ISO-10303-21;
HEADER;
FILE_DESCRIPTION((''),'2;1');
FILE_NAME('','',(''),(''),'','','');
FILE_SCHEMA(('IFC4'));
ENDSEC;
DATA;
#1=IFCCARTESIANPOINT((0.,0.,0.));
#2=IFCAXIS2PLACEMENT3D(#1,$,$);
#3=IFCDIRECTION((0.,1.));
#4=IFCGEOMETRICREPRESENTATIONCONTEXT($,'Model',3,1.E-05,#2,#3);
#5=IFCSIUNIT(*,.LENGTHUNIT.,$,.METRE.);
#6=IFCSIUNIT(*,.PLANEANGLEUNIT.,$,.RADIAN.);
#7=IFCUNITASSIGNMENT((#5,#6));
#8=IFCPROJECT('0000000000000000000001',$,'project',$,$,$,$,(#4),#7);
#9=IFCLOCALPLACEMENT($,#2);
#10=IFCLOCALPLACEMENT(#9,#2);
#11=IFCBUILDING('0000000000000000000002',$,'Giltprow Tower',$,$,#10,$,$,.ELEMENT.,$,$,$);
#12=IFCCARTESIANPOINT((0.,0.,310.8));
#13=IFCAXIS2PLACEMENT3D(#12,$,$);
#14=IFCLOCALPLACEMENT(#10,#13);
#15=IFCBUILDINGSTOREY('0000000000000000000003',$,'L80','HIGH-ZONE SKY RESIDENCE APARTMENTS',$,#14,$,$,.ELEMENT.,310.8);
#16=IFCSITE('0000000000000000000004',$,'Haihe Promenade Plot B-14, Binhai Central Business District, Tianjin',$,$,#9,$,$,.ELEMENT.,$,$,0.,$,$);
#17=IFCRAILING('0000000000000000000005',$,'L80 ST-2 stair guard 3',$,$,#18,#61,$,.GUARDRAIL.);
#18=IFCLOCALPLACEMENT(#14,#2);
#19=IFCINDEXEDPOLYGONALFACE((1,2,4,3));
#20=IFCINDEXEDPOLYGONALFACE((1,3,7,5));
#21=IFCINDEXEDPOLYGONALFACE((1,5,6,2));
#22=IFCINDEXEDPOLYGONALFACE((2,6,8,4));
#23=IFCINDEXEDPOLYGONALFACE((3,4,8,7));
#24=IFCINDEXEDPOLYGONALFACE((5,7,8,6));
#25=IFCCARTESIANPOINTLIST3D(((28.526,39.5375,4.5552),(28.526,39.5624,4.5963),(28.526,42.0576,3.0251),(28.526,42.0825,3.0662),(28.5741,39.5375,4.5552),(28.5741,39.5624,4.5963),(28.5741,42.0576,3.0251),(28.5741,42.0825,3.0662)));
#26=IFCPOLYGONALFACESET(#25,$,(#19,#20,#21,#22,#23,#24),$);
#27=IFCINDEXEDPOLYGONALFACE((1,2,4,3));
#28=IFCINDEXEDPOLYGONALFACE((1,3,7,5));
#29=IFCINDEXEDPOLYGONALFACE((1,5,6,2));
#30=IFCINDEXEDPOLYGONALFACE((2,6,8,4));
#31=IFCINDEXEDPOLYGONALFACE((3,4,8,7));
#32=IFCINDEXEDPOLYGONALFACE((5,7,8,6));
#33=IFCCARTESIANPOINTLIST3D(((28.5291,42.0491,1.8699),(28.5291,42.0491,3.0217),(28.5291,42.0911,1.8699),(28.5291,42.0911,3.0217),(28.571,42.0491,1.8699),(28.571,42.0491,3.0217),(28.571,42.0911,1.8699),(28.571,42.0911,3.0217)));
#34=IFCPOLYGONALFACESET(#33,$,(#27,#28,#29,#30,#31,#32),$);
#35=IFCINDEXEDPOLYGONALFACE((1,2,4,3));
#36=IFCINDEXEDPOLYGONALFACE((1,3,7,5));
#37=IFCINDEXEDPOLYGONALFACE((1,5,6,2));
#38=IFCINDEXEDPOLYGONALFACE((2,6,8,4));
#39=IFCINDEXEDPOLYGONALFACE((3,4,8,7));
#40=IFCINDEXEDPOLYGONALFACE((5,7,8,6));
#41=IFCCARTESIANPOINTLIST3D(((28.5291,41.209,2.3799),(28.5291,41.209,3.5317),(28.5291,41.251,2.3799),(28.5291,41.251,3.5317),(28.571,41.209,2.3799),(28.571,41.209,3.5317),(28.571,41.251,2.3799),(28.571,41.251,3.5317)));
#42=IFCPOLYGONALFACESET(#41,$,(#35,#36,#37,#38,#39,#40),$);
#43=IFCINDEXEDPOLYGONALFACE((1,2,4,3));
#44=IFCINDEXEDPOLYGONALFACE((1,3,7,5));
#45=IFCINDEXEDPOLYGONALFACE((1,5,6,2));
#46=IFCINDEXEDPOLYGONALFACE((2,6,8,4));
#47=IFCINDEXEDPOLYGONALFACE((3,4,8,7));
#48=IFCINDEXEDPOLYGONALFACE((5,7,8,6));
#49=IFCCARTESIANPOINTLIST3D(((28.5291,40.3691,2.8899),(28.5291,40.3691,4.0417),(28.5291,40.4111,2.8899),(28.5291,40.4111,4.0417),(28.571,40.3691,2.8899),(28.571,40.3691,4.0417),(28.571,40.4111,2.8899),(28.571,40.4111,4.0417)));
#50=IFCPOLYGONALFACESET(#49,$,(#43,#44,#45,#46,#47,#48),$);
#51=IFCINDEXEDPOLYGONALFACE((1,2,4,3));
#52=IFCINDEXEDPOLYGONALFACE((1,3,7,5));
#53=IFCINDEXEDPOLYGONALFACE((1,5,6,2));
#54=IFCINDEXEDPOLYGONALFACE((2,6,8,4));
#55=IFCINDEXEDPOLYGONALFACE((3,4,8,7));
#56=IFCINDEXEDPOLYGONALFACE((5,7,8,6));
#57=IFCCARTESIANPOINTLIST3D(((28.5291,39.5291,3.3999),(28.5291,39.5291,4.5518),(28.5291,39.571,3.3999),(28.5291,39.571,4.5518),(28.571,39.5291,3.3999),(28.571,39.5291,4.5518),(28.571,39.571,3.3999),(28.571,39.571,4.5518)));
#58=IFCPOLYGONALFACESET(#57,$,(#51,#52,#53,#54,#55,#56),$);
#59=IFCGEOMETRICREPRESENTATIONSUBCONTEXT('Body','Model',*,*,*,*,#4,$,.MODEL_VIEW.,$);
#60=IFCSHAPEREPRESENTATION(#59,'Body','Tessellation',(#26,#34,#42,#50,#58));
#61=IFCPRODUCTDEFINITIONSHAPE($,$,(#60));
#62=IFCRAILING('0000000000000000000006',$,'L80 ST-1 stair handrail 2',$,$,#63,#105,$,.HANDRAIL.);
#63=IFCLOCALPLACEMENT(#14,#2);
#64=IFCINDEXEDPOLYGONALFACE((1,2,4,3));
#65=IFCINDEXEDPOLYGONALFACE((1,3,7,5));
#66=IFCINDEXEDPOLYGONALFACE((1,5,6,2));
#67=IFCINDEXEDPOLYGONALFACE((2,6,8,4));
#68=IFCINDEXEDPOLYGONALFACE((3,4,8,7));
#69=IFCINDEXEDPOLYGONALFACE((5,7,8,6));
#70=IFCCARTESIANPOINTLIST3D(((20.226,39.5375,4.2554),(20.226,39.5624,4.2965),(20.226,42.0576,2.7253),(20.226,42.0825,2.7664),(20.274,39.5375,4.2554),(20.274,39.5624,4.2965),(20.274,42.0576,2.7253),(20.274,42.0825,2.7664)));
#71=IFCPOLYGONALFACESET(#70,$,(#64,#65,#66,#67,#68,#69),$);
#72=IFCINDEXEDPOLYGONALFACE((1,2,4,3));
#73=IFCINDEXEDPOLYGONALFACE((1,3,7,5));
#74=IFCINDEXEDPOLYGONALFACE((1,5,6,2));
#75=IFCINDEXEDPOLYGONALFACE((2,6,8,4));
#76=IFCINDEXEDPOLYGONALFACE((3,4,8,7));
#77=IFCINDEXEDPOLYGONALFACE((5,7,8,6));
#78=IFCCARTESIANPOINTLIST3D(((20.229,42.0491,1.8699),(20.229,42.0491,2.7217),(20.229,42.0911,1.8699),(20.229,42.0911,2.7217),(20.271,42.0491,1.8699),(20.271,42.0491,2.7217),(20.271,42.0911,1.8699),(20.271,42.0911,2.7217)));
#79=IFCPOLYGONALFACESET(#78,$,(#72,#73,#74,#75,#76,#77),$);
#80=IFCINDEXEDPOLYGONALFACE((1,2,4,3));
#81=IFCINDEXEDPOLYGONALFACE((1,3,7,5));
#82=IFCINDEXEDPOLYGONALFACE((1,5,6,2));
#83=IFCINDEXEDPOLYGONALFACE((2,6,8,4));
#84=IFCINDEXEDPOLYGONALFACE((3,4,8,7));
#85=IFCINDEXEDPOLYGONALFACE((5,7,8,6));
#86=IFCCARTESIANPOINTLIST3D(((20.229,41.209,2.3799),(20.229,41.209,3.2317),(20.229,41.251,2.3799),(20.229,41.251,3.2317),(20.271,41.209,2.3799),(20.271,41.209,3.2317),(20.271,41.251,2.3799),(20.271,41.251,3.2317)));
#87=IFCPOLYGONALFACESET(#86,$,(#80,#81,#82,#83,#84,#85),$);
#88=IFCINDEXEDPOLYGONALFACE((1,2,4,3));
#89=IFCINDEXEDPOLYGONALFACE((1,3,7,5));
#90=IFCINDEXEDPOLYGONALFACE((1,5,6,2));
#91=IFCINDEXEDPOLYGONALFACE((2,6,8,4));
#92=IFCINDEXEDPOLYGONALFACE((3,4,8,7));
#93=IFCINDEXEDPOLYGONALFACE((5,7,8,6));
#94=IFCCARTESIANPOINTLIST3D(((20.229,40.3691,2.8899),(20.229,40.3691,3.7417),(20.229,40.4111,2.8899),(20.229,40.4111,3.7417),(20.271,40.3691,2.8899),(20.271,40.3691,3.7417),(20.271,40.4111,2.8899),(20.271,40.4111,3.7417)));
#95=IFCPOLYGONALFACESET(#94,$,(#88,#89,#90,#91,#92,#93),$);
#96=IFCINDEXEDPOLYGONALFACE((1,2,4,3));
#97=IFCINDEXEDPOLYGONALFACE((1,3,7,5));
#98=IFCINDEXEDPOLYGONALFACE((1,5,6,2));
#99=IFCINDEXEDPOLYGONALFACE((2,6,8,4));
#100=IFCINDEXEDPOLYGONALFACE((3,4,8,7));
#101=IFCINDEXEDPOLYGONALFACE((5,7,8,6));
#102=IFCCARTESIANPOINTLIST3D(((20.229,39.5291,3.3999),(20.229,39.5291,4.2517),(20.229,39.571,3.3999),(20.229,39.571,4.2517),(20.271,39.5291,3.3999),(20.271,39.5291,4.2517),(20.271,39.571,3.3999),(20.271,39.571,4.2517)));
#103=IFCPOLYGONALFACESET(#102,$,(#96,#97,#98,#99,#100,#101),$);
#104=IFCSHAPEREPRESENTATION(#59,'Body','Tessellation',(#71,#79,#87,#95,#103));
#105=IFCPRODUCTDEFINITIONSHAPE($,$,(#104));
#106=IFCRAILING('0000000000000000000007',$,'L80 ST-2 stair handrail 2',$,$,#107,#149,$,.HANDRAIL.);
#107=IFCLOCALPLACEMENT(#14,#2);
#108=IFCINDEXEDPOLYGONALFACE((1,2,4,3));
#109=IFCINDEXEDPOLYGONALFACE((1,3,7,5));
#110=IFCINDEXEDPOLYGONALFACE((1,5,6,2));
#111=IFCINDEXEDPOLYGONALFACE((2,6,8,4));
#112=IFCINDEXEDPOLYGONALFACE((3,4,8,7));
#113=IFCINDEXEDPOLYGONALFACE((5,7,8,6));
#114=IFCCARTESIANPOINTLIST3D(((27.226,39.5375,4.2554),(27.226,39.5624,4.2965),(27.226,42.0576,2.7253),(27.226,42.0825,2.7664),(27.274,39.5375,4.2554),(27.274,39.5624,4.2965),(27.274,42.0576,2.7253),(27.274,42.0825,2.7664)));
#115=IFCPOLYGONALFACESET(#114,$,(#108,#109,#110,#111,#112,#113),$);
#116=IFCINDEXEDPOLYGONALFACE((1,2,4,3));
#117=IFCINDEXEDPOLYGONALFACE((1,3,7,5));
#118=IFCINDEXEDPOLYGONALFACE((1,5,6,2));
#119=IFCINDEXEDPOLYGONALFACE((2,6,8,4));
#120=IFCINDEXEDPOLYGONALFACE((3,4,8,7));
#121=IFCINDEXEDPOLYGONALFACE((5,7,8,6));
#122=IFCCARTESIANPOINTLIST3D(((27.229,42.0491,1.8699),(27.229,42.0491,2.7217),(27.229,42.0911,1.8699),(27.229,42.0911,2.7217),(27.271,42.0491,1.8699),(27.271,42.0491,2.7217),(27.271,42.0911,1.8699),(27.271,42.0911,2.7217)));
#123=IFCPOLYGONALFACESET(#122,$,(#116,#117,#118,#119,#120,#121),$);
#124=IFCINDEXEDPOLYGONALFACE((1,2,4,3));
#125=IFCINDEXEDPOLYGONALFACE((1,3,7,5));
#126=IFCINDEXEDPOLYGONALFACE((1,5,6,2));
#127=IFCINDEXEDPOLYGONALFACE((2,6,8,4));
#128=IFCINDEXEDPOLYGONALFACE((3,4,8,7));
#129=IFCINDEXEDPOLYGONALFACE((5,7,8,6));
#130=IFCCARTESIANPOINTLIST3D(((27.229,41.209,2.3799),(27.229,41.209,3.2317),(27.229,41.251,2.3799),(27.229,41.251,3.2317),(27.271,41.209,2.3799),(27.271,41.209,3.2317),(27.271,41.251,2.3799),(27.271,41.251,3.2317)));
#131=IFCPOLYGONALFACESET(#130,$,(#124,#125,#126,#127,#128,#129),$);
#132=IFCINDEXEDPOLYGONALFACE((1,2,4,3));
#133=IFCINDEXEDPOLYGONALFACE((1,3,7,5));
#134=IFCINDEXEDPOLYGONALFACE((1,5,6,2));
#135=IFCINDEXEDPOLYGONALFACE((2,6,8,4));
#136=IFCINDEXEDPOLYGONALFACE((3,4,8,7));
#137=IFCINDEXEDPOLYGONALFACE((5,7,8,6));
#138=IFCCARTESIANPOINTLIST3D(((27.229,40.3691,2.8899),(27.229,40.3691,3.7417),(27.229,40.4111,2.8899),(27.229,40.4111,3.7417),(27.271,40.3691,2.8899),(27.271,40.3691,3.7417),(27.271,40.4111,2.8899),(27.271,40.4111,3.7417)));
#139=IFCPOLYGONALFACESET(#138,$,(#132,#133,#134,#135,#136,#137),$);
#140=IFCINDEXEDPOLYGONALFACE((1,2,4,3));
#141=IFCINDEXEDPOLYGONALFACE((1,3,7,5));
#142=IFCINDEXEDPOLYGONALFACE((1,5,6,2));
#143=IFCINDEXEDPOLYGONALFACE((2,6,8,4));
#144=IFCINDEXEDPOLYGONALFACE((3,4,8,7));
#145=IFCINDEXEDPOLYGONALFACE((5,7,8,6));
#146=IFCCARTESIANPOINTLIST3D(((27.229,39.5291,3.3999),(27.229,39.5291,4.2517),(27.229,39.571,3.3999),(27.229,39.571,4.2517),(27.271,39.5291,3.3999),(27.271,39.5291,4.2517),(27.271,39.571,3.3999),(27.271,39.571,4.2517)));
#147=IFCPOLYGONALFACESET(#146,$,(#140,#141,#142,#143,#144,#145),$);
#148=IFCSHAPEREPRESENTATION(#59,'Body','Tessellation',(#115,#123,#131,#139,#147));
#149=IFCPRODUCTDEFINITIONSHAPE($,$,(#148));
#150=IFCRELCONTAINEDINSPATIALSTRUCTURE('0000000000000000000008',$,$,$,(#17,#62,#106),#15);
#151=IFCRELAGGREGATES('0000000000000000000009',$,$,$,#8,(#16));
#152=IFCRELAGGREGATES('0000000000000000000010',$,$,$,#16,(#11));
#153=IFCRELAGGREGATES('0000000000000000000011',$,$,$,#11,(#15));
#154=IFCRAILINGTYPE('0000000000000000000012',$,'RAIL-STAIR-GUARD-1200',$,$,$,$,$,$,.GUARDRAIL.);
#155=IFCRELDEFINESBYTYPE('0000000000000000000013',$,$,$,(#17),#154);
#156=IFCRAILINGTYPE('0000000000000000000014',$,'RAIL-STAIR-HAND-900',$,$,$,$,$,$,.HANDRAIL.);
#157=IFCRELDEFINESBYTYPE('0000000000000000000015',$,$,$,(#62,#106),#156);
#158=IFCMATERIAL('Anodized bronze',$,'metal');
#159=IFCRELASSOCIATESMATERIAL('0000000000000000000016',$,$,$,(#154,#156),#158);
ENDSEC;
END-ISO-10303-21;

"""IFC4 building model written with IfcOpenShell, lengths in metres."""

from ifc_helpers import new_model, si_unit, direction, frame, origin, origin_2d, place, context, subcontext, project, spatial, rectangle, extrude, material, type_object, element, save


model = new_model("IFC4")

# Units and contexts
model_context = context("Model", 3, precision=1e-05, world=origin(), true_north=direction((0.0, 1.0)))
body_context = subcontext(model_context, "Body", "Model", "MODEL_VIEW")
ifc_project = project(units=[si_unit("LENGTHUNIT", "METRE"), si_unit("PLANEANGLEUNIT", "RADIAN")], contexts=[model_context])

# Site, building, storey
site_placement = place(None, origin())
site = spatial("IfcSite", under=ifc_project, at=site_placement, Name="Haihe Promenade Plot B-14, Binhai Central Business District, Tianjin", CompositionType="ELEMENT", RefElevation=0.0)
building_placement = place(site_placement, origin())
building = spatial("IfcBuilding", under=site, at=building_placement, Name="Giltprow Tower", CompositionType="ELEMENT")
storey_placement = place(building_placement, frame((0.0, 0.0, 310.8)))
storey = spatial("IfcBuildingStorey", under=building, at=storey_placement, Name="L80", Description="HIGH-ZONE SKY RESIDENCE APARTMENTS", CompositionType="ELEMENT", Elevation=310.8)

# Railings
ifc_material_1 = material(Name="Anodized bronze", Category="metal")
railing_type_1 = type_object("IfcRailingType", Name="RAIL-STAIR-GUARD-1200", PredefinedType="GUARDRAIL", material=ifc_material_1)
railing_1_placement = place(storey_placement, frame((28.55, 42.0701, 1.8699)))
element("IfcRailing", 1, at=railing_1_placement, inside=storey, type_object=railing_type_1, Name="L80 ST-2 stair guard 3", PredefinedType="GUARDRAIL", context=body_context, shape_type="SweptSolid", body=[
    extrude(rectangle(XDim=0.0481, YDim=0.0481, at=origin_2d()), frame((0.0, 0.0, 1.1758), z_axis=(0.0, -0.854785, 0.518982), x_axis=(1.0, 0.0, 0.0)), (0.0, 0.0, 1.0), 2.9482),
    extrude(rectangle(XDim=0.042, YDim=0.042, at=origin_2d()), origin(), (0.0, 0.0, 1.0), 1.1519),
    extrude(rectangle(XDim=0.042, YDim=0.042, at=origin_2d()), frame((0.0, -0.8401, 0.51)), (0.0, 0.0, 1.0), 1.1519),
    extrude(rectangle(XDim=0.042, YDim=0.042, at=origin_2d()), frame((0.0, -1.6799, 1.02)), (0.0, 0.0, 1.0), 1.1519),
    extrude(rectangle(XDim=0.042, YDim=0.042, at=origin_2d()), frame((0.0, -2.52, 1.53)), (0.0, 0.0, 1.0), 1.1519),
])
railing_type_2 = type_object("IfcRailingType", Name="RAIL-STAIR-HAND-900", PredefinedType="HANDRAIL", material=ifc_material_1)
for number, where, name in (
    (2, (20.25, 42.0701, 1.8699), "L80 ST-1 stair handrail 2"),
    (3, (27.25, 42.0701, 1.8699), "L80 ST-2 stair handrail 2"),
):
    element("IfcRailing", number, at=place(storey_placement, frame(where)), inside=storey, type_object=railing_type_2, Name=name, PredefinedType="HANDRAIL", context=body_context, shape_type="SweptSolid", body=[
        extrude(rectangle(XDim=0.0481, YDim=0.0481, at=origin_2d()), frame((0.0, 0.0, 0.876), z_axis=(0.0, -0.854785, 0.518982), x_axis=(1.0, 0.0, 0.0)), (0.0, 0.0, 1.0), 2.9482),
        extrude(rectangle(XDim=0.042, YDim=0.042, at=origin_2d()), origin(), (0.0, 0.0, 1.0), 0.8518),
        extrude(rectangle(XDim=0.042, YDim=0.042, at=origin_2d()), frame((0.0, -0.8401, 0.51)), (0.0, 0.0, 1.0), 0.8518),
        extrude(rectangle(XDim=0.042, YDim=0.042, at=origin_2d()), frame((0.0, -1.6799, 1.02)), (0.0, 0.0, 1.0), 0.8518),
        extrude(rectangle(XDim=0.042, YDim=0.042, at=origin_2d()), frame((0.0, -2.52, 1.53)), (0.0, 0.0, 1.0), 0.8518),
    ])

save(model, "model.ifc")
